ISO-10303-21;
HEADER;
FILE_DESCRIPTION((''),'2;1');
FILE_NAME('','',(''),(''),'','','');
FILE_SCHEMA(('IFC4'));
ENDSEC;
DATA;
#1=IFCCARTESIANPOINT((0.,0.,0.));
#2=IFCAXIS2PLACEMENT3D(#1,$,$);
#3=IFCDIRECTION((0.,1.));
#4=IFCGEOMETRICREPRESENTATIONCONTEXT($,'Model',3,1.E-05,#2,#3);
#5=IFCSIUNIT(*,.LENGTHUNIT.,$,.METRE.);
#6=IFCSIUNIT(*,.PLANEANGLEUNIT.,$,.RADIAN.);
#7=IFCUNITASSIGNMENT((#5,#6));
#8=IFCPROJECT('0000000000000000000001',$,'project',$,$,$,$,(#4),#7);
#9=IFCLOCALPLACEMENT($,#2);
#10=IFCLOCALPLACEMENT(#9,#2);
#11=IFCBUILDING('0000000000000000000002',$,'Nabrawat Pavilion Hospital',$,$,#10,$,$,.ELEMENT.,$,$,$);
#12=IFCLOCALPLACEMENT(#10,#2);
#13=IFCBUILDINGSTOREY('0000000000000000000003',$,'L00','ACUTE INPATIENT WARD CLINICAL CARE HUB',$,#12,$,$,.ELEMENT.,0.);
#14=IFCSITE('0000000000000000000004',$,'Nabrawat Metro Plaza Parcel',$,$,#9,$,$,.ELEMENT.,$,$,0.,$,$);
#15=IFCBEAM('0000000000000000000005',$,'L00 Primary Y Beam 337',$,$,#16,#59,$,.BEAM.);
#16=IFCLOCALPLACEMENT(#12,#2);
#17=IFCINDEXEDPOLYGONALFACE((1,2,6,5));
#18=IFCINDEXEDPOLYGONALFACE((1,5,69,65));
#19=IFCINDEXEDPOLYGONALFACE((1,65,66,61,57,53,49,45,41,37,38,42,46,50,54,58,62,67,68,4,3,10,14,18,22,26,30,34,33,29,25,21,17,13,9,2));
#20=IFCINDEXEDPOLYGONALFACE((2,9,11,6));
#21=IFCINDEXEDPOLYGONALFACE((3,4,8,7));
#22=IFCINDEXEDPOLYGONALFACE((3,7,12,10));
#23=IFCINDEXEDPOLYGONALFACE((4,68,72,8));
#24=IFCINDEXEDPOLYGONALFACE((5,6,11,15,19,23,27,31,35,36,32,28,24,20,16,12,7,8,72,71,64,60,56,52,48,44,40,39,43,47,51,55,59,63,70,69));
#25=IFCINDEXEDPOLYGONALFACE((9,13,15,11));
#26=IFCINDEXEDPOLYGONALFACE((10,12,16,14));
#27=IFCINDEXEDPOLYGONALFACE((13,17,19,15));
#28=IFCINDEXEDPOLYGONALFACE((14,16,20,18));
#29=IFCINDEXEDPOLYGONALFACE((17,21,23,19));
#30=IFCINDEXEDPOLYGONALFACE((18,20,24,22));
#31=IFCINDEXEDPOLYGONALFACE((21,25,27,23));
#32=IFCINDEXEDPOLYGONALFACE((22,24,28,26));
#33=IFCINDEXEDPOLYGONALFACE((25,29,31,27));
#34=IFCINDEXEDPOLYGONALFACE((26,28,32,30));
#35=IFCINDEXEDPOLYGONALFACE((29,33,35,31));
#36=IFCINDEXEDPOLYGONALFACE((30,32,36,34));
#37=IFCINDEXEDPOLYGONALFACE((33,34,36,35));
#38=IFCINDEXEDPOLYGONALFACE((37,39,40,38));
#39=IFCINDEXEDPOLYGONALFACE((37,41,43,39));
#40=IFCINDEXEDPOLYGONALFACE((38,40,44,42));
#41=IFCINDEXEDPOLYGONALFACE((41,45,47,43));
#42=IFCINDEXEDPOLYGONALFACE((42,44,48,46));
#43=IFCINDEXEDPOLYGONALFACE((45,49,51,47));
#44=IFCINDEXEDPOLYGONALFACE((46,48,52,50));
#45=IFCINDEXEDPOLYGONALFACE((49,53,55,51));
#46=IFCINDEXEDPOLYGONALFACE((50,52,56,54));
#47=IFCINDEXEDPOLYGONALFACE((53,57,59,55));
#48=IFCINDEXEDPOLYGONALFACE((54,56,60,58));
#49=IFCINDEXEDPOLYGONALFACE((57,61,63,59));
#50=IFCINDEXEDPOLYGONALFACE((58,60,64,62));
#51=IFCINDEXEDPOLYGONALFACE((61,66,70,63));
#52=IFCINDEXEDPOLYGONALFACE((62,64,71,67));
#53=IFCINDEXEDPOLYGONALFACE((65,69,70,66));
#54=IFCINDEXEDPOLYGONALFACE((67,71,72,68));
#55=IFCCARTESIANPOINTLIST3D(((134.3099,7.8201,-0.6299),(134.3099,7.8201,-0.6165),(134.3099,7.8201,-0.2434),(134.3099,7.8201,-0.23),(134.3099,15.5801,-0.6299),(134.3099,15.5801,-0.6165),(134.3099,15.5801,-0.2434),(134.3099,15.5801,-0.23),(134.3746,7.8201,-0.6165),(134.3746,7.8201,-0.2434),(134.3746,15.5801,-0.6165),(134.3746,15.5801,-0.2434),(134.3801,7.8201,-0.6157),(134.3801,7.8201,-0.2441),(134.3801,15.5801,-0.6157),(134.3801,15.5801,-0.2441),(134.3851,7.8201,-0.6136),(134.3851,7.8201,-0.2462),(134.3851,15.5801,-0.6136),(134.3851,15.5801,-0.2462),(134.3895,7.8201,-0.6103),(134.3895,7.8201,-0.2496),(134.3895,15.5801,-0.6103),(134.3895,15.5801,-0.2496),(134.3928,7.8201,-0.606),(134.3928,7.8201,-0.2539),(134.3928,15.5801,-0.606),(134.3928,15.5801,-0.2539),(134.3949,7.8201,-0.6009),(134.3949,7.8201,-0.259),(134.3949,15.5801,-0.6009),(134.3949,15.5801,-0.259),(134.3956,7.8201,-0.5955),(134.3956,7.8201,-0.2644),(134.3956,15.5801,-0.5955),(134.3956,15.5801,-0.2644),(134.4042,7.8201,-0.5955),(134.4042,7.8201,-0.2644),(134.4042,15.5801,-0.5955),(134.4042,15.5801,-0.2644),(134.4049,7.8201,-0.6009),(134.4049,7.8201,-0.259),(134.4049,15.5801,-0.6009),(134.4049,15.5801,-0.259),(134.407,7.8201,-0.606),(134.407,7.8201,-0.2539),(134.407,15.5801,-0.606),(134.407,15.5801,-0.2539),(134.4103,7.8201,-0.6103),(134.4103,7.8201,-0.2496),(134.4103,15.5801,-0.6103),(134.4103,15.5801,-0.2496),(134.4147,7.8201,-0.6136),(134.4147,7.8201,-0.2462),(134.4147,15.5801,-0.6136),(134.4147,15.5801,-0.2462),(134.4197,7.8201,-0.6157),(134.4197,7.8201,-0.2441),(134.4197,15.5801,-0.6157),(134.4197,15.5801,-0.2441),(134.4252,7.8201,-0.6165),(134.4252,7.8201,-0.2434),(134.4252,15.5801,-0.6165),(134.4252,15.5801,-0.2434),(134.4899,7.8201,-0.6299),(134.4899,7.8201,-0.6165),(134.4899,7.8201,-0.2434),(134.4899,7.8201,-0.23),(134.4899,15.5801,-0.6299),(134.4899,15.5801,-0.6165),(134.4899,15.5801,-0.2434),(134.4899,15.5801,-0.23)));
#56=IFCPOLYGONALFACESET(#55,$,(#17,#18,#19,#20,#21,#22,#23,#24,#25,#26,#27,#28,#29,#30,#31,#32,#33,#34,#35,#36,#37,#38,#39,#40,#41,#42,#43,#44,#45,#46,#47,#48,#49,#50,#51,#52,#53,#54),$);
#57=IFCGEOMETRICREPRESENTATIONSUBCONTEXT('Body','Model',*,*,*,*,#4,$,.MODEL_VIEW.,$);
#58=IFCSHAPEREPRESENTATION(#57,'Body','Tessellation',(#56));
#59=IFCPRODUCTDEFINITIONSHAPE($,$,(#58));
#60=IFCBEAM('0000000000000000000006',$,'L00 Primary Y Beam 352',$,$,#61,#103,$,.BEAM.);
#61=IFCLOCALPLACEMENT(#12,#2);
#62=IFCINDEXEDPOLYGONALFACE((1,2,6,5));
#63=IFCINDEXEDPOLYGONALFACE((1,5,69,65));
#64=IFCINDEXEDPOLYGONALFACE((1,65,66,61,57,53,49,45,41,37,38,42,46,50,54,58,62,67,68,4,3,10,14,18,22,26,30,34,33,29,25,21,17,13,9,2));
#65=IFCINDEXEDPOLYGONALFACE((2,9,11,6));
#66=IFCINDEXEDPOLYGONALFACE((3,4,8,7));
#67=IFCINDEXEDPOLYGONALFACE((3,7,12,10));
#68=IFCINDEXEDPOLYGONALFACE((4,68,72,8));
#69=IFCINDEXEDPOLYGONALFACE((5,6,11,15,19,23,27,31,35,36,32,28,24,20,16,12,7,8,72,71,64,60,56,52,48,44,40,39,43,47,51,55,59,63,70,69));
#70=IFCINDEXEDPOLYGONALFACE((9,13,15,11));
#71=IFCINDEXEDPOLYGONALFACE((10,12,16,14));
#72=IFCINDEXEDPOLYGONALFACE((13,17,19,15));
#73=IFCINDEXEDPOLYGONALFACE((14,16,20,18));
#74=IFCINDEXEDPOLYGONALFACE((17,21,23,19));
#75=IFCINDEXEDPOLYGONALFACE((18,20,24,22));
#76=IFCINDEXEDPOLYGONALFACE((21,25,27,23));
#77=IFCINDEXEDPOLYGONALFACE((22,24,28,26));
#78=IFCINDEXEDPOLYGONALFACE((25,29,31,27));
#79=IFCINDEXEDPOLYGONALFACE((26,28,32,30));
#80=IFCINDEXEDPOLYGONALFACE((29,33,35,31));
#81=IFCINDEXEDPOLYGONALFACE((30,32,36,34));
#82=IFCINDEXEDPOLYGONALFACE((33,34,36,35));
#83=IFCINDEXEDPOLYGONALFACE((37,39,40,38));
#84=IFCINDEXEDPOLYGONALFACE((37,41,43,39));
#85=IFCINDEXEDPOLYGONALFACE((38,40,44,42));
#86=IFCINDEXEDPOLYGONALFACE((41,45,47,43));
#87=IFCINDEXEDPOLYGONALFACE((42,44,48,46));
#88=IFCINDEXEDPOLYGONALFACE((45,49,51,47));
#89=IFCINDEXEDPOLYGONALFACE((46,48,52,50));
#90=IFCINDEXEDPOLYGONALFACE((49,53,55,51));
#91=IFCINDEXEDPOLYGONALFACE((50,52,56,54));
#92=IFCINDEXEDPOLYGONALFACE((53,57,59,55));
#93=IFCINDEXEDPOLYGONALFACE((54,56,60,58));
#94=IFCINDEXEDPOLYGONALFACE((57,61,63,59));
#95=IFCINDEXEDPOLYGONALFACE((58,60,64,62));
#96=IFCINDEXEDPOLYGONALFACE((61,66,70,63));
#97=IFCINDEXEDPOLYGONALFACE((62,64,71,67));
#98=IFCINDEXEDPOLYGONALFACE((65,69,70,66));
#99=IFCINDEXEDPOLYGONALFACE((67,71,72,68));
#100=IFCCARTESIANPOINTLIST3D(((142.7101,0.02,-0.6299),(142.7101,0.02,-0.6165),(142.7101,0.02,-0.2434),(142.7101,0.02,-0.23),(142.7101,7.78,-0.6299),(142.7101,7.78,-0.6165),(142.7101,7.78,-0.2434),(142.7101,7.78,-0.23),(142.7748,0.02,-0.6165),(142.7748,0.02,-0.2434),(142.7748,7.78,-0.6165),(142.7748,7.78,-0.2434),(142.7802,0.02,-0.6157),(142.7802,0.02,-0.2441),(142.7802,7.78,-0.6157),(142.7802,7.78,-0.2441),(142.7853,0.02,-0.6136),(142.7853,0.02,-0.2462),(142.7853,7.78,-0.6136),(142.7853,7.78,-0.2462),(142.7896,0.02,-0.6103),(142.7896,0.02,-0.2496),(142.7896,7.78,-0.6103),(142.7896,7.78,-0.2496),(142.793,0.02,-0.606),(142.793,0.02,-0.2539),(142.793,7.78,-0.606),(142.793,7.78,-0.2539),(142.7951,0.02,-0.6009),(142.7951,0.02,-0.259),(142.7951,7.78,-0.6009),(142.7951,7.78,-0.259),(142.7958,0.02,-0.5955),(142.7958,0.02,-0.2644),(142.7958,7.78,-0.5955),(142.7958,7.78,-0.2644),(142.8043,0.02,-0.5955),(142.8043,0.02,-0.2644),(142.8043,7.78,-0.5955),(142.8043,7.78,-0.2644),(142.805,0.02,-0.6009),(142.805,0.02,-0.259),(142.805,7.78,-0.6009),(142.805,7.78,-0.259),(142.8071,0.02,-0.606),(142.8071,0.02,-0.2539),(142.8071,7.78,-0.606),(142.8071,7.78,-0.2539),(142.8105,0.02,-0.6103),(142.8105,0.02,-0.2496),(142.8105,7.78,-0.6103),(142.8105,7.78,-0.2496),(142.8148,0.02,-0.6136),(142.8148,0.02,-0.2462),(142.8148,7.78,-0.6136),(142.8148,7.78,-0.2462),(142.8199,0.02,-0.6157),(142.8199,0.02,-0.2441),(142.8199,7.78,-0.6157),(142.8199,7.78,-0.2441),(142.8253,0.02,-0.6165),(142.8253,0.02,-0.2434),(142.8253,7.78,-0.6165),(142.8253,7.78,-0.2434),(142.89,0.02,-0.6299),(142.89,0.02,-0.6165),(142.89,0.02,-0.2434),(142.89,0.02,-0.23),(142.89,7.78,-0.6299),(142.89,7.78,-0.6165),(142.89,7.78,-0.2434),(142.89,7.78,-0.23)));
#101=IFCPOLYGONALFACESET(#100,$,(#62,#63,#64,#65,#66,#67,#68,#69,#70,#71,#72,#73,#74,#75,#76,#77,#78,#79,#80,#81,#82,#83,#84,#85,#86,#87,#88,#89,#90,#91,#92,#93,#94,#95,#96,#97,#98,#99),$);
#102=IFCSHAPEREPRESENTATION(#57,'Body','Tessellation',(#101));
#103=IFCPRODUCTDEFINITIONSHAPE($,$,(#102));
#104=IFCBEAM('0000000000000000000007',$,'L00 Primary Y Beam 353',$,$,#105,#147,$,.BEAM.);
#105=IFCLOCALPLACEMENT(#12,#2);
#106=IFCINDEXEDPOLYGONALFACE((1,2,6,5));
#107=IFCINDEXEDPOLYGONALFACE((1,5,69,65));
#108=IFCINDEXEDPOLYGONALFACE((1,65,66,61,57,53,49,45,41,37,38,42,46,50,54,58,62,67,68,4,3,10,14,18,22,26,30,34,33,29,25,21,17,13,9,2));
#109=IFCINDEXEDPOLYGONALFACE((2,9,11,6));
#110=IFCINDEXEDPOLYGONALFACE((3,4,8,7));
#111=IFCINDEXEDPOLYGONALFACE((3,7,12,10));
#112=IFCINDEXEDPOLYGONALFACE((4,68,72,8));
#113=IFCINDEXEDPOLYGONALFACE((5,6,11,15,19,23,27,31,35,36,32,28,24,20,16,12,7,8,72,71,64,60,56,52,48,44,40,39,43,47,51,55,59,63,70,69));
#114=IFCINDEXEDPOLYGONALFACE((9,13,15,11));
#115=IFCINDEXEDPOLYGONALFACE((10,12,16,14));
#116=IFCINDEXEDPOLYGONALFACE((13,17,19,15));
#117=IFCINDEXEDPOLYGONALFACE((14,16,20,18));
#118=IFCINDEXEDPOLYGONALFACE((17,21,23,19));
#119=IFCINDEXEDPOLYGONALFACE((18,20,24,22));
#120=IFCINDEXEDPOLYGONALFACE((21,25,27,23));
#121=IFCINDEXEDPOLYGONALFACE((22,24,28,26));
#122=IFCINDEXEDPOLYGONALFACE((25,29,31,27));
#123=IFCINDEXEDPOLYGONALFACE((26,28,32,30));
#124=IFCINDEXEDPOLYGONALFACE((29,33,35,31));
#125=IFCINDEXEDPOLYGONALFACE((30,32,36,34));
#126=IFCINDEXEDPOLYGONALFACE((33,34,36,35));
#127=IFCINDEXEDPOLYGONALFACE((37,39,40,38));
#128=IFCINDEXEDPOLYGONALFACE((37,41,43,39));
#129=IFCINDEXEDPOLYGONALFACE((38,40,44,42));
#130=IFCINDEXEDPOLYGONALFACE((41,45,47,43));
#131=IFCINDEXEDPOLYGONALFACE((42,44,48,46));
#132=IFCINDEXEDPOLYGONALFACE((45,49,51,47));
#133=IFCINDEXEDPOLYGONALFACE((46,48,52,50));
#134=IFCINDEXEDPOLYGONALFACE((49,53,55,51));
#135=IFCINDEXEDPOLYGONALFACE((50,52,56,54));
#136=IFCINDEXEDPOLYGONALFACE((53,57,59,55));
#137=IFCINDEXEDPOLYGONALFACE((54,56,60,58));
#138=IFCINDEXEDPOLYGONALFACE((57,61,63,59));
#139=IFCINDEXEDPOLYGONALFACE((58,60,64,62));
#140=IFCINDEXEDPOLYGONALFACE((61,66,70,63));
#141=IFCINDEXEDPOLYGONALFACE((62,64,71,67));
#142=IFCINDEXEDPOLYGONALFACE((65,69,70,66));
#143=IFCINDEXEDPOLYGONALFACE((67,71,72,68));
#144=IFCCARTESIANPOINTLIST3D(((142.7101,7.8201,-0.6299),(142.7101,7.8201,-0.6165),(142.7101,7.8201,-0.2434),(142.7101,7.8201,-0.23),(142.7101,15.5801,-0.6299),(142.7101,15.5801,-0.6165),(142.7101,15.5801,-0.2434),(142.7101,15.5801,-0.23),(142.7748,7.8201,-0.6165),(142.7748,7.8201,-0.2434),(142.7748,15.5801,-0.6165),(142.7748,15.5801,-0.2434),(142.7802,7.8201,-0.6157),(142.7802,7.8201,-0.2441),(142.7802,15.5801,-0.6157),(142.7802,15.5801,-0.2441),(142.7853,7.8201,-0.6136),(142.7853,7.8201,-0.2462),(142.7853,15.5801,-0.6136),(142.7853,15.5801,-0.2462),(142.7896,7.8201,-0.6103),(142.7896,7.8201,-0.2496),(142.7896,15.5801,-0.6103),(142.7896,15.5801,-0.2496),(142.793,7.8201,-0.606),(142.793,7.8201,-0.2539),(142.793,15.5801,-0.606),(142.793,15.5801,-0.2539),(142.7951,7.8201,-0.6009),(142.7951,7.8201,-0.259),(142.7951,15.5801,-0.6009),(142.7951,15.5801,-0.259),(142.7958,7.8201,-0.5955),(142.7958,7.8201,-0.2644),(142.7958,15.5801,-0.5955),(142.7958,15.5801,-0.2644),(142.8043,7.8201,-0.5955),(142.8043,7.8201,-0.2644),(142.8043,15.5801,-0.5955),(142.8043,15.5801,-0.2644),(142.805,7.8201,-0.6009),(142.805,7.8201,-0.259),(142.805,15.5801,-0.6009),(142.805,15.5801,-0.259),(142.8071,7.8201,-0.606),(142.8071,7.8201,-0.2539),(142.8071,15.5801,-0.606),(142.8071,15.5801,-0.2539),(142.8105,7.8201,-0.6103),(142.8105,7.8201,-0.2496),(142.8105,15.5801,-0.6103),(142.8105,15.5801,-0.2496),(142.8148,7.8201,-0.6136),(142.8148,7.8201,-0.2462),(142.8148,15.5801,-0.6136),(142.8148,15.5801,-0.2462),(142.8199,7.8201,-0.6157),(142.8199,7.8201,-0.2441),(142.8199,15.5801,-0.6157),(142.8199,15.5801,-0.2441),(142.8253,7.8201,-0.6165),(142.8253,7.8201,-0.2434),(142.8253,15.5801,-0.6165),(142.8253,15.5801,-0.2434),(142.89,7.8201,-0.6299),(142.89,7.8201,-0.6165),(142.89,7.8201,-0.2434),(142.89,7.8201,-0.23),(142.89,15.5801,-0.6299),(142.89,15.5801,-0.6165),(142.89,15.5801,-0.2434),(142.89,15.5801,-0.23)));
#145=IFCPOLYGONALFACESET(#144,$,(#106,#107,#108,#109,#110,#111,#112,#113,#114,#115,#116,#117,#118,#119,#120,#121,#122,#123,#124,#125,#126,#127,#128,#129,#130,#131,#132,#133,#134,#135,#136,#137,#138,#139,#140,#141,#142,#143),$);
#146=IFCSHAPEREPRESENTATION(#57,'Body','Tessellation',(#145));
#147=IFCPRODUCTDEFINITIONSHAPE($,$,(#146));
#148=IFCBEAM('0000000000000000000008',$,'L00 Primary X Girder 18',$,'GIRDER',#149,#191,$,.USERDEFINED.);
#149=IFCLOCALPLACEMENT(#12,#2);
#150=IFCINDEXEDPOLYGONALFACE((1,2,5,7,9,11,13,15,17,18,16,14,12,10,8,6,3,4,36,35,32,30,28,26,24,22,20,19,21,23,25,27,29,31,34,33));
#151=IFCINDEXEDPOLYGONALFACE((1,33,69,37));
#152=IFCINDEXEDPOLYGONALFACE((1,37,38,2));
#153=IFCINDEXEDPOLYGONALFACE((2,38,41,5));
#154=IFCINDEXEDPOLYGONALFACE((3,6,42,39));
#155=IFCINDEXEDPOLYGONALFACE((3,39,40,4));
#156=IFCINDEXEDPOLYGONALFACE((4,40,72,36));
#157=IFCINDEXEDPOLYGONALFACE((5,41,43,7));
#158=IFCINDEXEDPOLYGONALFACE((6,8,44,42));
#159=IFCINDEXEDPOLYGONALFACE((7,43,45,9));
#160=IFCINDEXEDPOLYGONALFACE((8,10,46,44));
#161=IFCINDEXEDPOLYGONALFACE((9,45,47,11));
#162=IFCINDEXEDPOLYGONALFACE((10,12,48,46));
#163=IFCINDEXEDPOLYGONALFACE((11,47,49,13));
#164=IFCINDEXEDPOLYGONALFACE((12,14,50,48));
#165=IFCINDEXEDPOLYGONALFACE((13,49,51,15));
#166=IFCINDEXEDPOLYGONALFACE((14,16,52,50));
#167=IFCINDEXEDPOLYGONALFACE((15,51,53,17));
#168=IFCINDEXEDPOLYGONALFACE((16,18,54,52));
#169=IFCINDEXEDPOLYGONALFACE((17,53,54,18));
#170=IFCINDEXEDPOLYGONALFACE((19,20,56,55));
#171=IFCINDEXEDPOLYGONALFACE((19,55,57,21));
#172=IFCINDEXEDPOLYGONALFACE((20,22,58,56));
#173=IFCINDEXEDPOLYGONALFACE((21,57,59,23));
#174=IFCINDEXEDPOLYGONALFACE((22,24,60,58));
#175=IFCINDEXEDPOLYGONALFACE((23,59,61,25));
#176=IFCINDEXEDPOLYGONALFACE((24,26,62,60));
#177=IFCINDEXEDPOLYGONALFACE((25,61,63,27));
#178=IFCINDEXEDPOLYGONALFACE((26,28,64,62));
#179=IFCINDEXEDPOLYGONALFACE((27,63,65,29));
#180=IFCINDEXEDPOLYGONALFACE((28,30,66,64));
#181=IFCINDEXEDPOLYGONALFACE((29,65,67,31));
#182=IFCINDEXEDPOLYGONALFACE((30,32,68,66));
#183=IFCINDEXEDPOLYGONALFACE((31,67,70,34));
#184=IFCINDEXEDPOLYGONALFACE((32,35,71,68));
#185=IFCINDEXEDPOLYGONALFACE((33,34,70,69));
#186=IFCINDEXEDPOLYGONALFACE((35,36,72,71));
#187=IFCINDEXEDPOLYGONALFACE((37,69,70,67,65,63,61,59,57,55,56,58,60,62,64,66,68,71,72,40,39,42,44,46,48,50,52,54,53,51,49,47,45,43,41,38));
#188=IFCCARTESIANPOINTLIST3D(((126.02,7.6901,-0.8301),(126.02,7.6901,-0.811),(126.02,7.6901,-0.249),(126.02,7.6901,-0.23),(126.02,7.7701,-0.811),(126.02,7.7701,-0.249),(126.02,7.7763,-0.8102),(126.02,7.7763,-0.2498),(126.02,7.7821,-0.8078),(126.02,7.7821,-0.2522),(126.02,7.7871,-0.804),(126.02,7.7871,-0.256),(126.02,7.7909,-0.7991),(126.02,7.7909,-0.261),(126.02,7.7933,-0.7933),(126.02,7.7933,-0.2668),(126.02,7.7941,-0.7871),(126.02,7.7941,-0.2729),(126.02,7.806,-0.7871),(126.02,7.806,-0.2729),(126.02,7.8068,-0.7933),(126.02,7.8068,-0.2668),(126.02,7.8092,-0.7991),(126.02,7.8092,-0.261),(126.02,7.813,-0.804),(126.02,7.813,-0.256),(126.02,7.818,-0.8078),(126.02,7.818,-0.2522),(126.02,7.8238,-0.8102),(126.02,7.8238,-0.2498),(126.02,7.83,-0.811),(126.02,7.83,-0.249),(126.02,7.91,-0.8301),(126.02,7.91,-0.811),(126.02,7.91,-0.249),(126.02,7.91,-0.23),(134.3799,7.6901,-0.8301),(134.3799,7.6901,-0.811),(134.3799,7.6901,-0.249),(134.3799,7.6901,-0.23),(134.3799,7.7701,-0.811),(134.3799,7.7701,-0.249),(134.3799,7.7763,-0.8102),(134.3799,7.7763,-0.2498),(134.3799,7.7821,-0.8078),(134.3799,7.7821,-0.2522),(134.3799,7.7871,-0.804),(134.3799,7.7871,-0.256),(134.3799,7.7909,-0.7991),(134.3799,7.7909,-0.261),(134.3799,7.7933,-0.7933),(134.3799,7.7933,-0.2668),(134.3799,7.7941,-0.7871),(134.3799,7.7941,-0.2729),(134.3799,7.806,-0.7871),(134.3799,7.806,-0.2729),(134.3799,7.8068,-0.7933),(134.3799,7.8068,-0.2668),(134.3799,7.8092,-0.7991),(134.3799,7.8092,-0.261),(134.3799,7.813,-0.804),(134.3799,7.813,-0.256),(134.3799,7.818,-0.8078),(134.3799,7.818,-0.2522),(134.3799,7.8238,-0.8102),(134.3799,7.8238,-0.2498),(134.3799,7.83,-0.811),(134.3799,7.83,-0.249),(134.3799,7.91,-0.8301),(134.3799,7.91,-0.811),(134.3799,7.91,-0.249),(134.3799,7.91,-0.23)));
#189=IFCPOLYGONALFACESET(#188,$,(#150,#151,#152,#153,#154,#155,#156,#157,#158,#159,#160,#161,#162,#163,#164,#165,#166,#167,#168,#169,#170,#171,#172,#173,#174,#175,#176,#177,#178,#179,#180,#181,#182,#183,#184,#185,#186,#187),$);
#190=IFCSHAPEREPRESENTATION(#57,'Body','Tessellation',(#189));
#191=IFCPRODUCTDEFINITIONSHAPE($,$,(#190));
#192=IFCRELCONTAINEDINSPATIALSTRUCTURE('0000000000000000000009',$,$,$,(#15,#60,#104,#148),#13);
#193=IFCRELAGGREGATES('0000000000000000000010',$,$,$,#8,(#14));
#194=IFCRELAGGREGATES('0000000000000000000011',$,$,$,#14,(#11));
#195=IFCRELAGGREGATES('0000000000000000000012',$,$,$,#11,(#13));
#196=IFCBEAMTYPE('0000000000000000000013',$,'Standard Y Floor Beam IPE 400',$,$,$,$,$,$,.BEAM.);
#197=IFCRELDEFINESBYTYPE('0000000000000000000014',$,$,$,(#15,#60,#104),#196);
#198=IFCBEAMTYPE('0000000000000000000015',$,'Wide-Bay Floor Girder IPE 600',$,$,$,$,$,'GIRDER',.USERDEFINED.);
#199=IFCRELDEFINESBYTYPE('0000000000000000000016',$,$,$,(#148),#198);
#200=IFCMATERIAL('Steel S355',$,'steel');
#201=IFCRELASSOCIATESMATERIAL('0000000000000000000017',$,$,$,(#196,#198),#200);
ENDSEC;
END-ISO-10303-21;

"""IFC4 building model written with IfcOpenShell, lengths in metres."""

from ifc_helpers import new_model, si_unit, direction, frame, origin, origin_2d, place, context, subcontext, project, spatial, i_section, extrude, material, material_profile, profile_set, type_object, element, save


model = new_model("IFC4")

# Units and contexts
model_context = context("Model", 3, precision=1e-05, world=origin(), true_north=direction((0.0, 1.0)))
body_context = subcontext(model_context, "Body", "Model", "MODEL_VIEW")
ifc_project = project(units=[si_unit("LENGTHUNIT", "METRE"), si_unit("PLANEANGLEUNIT", "RADIAN")], contexts=[model_context])

# Site, building, storey
site_placement = place(None, origin())
site = spatial("IfcSite", under=ifc_project, at=site_placement, Name="Nabrawat Metro Plaza Parcel", CompositionType="ELEMENT", RefElevation=0.0)
building_placement = place(site_placement, origin())
building = spatial("IfcBuilding", under=site, at=building_placement, Name="Nabrawat Pavilion Hospital", CompositionType="ELEMENT")
storey_placement = place(building_placement, origin())
storey = spatial("IfcBuildingStorey", under=building, at=storey_placement, Name="L00", Description="ACUTE INPATIENT WARD CLINICAL CARE HUB", CompositionType="ELEMENT", Elevation=0.0)

# Beams
ifc_material_1 = material(Name="Steel S355", Category="steel")
ifc_material_profile_1 = material_profile(ifc_material_1, i_section(OverallWidth=0.1799, OverallDepth=0.3999, WebThickness=0.0085, FlangeThickness=0.0134, FilletRadius=0.021, at=origin_2d()), Name="IPE 400")
ifc_profile_set_1 = profile_set([ifc_material_profile_1], Name="Steel S355")
beam_type_1 = type_object("IfcBeamType", Name="Standard Y Floor Beam IPE 400", PredefinedType="BEAM", material=ifc_profile_set_1)
for number, where, z_axis, x_axis, name in (
    (1, (134.3999, 7.8201, -0.4299), (0.0, 1.0, 0.0), (-1.0, 0.0, 0.0), "L00 Primary Y Beam 337"),
    (2, (142.8, 0.02, -0.4299), (0.0, 1.0, 0.0), (-1.0, 0.0, 0.0), "L00 Primary Y Beam 352"),
    (3, (142.8, 7.8201, -0.4299), (0.0, 1.0, 0.0), (-1.0, 0.0, 0.0), "L00 Primary Y Beam 353"),
):
    element("IfcBeam", number, at=place(storey_placement, frame(where, z_axis=z_axis, x_axis=x_axis)), inside=storey, type_object=beam_type_1, Name=name, PredefinedType="BEAM", context=body_context, shape_type="SweptSolid", body=[
        extrude(i_section(OverallWidth=0.1799, OverallDepth=0.3999, WebThickness=0.0085, FlangeThickness=0.0134, FilletRadius=0.021, at=origin_2d()), origin(), (0.0, 0.0, 1.0), 7.76),
    ])
ifc_material_profile_2 = material_profile(ifc_material_1, i_section(OverallWidth=0.22, OverallDepth=0.6001, WebThickness=0.012, FlangeThickness=0.019, FilletRadius=0.0239, at=origin_2d()), Name="IPE 600")
ifc_profile_set_2 = profile_set([ifc_material_profile_2], Name="Steel S355")
beam_type_2 = type_object("IfcBeamType", Name="Wide-Bay Floor Girder IPE 600", ElementType="GIRDER", PredefinedType="USERDEFINED", material=ifc_profile_set_2)
beam_1_placement = place(storey_placement, frame((126.02, 7.8, -0.53), z_axis=(1.0, 0.0, 0.0), x_axis=(0.0, 1.0, 0.0)))
element("IfcBeam", 4, at=beam_1_placement, inside=storey, type_object=beam_type_2, Name="L00 Primary X Girder 18", ObjectType="GIRDER", PredefinedType="USERDEFINED", context=body_context, shape_type="SweptSolid", body=[
    extrude(i_section(OverallWidth=0.22, OverallDepth=0.6001, WebThickness=0.012, FlangeThickness=0.019, FilletRadius=0.0239, at=origin_2d()), origin(), (0.0, 0.0, 1.0), 8.3599),
])

save(model, "model.ifc")
